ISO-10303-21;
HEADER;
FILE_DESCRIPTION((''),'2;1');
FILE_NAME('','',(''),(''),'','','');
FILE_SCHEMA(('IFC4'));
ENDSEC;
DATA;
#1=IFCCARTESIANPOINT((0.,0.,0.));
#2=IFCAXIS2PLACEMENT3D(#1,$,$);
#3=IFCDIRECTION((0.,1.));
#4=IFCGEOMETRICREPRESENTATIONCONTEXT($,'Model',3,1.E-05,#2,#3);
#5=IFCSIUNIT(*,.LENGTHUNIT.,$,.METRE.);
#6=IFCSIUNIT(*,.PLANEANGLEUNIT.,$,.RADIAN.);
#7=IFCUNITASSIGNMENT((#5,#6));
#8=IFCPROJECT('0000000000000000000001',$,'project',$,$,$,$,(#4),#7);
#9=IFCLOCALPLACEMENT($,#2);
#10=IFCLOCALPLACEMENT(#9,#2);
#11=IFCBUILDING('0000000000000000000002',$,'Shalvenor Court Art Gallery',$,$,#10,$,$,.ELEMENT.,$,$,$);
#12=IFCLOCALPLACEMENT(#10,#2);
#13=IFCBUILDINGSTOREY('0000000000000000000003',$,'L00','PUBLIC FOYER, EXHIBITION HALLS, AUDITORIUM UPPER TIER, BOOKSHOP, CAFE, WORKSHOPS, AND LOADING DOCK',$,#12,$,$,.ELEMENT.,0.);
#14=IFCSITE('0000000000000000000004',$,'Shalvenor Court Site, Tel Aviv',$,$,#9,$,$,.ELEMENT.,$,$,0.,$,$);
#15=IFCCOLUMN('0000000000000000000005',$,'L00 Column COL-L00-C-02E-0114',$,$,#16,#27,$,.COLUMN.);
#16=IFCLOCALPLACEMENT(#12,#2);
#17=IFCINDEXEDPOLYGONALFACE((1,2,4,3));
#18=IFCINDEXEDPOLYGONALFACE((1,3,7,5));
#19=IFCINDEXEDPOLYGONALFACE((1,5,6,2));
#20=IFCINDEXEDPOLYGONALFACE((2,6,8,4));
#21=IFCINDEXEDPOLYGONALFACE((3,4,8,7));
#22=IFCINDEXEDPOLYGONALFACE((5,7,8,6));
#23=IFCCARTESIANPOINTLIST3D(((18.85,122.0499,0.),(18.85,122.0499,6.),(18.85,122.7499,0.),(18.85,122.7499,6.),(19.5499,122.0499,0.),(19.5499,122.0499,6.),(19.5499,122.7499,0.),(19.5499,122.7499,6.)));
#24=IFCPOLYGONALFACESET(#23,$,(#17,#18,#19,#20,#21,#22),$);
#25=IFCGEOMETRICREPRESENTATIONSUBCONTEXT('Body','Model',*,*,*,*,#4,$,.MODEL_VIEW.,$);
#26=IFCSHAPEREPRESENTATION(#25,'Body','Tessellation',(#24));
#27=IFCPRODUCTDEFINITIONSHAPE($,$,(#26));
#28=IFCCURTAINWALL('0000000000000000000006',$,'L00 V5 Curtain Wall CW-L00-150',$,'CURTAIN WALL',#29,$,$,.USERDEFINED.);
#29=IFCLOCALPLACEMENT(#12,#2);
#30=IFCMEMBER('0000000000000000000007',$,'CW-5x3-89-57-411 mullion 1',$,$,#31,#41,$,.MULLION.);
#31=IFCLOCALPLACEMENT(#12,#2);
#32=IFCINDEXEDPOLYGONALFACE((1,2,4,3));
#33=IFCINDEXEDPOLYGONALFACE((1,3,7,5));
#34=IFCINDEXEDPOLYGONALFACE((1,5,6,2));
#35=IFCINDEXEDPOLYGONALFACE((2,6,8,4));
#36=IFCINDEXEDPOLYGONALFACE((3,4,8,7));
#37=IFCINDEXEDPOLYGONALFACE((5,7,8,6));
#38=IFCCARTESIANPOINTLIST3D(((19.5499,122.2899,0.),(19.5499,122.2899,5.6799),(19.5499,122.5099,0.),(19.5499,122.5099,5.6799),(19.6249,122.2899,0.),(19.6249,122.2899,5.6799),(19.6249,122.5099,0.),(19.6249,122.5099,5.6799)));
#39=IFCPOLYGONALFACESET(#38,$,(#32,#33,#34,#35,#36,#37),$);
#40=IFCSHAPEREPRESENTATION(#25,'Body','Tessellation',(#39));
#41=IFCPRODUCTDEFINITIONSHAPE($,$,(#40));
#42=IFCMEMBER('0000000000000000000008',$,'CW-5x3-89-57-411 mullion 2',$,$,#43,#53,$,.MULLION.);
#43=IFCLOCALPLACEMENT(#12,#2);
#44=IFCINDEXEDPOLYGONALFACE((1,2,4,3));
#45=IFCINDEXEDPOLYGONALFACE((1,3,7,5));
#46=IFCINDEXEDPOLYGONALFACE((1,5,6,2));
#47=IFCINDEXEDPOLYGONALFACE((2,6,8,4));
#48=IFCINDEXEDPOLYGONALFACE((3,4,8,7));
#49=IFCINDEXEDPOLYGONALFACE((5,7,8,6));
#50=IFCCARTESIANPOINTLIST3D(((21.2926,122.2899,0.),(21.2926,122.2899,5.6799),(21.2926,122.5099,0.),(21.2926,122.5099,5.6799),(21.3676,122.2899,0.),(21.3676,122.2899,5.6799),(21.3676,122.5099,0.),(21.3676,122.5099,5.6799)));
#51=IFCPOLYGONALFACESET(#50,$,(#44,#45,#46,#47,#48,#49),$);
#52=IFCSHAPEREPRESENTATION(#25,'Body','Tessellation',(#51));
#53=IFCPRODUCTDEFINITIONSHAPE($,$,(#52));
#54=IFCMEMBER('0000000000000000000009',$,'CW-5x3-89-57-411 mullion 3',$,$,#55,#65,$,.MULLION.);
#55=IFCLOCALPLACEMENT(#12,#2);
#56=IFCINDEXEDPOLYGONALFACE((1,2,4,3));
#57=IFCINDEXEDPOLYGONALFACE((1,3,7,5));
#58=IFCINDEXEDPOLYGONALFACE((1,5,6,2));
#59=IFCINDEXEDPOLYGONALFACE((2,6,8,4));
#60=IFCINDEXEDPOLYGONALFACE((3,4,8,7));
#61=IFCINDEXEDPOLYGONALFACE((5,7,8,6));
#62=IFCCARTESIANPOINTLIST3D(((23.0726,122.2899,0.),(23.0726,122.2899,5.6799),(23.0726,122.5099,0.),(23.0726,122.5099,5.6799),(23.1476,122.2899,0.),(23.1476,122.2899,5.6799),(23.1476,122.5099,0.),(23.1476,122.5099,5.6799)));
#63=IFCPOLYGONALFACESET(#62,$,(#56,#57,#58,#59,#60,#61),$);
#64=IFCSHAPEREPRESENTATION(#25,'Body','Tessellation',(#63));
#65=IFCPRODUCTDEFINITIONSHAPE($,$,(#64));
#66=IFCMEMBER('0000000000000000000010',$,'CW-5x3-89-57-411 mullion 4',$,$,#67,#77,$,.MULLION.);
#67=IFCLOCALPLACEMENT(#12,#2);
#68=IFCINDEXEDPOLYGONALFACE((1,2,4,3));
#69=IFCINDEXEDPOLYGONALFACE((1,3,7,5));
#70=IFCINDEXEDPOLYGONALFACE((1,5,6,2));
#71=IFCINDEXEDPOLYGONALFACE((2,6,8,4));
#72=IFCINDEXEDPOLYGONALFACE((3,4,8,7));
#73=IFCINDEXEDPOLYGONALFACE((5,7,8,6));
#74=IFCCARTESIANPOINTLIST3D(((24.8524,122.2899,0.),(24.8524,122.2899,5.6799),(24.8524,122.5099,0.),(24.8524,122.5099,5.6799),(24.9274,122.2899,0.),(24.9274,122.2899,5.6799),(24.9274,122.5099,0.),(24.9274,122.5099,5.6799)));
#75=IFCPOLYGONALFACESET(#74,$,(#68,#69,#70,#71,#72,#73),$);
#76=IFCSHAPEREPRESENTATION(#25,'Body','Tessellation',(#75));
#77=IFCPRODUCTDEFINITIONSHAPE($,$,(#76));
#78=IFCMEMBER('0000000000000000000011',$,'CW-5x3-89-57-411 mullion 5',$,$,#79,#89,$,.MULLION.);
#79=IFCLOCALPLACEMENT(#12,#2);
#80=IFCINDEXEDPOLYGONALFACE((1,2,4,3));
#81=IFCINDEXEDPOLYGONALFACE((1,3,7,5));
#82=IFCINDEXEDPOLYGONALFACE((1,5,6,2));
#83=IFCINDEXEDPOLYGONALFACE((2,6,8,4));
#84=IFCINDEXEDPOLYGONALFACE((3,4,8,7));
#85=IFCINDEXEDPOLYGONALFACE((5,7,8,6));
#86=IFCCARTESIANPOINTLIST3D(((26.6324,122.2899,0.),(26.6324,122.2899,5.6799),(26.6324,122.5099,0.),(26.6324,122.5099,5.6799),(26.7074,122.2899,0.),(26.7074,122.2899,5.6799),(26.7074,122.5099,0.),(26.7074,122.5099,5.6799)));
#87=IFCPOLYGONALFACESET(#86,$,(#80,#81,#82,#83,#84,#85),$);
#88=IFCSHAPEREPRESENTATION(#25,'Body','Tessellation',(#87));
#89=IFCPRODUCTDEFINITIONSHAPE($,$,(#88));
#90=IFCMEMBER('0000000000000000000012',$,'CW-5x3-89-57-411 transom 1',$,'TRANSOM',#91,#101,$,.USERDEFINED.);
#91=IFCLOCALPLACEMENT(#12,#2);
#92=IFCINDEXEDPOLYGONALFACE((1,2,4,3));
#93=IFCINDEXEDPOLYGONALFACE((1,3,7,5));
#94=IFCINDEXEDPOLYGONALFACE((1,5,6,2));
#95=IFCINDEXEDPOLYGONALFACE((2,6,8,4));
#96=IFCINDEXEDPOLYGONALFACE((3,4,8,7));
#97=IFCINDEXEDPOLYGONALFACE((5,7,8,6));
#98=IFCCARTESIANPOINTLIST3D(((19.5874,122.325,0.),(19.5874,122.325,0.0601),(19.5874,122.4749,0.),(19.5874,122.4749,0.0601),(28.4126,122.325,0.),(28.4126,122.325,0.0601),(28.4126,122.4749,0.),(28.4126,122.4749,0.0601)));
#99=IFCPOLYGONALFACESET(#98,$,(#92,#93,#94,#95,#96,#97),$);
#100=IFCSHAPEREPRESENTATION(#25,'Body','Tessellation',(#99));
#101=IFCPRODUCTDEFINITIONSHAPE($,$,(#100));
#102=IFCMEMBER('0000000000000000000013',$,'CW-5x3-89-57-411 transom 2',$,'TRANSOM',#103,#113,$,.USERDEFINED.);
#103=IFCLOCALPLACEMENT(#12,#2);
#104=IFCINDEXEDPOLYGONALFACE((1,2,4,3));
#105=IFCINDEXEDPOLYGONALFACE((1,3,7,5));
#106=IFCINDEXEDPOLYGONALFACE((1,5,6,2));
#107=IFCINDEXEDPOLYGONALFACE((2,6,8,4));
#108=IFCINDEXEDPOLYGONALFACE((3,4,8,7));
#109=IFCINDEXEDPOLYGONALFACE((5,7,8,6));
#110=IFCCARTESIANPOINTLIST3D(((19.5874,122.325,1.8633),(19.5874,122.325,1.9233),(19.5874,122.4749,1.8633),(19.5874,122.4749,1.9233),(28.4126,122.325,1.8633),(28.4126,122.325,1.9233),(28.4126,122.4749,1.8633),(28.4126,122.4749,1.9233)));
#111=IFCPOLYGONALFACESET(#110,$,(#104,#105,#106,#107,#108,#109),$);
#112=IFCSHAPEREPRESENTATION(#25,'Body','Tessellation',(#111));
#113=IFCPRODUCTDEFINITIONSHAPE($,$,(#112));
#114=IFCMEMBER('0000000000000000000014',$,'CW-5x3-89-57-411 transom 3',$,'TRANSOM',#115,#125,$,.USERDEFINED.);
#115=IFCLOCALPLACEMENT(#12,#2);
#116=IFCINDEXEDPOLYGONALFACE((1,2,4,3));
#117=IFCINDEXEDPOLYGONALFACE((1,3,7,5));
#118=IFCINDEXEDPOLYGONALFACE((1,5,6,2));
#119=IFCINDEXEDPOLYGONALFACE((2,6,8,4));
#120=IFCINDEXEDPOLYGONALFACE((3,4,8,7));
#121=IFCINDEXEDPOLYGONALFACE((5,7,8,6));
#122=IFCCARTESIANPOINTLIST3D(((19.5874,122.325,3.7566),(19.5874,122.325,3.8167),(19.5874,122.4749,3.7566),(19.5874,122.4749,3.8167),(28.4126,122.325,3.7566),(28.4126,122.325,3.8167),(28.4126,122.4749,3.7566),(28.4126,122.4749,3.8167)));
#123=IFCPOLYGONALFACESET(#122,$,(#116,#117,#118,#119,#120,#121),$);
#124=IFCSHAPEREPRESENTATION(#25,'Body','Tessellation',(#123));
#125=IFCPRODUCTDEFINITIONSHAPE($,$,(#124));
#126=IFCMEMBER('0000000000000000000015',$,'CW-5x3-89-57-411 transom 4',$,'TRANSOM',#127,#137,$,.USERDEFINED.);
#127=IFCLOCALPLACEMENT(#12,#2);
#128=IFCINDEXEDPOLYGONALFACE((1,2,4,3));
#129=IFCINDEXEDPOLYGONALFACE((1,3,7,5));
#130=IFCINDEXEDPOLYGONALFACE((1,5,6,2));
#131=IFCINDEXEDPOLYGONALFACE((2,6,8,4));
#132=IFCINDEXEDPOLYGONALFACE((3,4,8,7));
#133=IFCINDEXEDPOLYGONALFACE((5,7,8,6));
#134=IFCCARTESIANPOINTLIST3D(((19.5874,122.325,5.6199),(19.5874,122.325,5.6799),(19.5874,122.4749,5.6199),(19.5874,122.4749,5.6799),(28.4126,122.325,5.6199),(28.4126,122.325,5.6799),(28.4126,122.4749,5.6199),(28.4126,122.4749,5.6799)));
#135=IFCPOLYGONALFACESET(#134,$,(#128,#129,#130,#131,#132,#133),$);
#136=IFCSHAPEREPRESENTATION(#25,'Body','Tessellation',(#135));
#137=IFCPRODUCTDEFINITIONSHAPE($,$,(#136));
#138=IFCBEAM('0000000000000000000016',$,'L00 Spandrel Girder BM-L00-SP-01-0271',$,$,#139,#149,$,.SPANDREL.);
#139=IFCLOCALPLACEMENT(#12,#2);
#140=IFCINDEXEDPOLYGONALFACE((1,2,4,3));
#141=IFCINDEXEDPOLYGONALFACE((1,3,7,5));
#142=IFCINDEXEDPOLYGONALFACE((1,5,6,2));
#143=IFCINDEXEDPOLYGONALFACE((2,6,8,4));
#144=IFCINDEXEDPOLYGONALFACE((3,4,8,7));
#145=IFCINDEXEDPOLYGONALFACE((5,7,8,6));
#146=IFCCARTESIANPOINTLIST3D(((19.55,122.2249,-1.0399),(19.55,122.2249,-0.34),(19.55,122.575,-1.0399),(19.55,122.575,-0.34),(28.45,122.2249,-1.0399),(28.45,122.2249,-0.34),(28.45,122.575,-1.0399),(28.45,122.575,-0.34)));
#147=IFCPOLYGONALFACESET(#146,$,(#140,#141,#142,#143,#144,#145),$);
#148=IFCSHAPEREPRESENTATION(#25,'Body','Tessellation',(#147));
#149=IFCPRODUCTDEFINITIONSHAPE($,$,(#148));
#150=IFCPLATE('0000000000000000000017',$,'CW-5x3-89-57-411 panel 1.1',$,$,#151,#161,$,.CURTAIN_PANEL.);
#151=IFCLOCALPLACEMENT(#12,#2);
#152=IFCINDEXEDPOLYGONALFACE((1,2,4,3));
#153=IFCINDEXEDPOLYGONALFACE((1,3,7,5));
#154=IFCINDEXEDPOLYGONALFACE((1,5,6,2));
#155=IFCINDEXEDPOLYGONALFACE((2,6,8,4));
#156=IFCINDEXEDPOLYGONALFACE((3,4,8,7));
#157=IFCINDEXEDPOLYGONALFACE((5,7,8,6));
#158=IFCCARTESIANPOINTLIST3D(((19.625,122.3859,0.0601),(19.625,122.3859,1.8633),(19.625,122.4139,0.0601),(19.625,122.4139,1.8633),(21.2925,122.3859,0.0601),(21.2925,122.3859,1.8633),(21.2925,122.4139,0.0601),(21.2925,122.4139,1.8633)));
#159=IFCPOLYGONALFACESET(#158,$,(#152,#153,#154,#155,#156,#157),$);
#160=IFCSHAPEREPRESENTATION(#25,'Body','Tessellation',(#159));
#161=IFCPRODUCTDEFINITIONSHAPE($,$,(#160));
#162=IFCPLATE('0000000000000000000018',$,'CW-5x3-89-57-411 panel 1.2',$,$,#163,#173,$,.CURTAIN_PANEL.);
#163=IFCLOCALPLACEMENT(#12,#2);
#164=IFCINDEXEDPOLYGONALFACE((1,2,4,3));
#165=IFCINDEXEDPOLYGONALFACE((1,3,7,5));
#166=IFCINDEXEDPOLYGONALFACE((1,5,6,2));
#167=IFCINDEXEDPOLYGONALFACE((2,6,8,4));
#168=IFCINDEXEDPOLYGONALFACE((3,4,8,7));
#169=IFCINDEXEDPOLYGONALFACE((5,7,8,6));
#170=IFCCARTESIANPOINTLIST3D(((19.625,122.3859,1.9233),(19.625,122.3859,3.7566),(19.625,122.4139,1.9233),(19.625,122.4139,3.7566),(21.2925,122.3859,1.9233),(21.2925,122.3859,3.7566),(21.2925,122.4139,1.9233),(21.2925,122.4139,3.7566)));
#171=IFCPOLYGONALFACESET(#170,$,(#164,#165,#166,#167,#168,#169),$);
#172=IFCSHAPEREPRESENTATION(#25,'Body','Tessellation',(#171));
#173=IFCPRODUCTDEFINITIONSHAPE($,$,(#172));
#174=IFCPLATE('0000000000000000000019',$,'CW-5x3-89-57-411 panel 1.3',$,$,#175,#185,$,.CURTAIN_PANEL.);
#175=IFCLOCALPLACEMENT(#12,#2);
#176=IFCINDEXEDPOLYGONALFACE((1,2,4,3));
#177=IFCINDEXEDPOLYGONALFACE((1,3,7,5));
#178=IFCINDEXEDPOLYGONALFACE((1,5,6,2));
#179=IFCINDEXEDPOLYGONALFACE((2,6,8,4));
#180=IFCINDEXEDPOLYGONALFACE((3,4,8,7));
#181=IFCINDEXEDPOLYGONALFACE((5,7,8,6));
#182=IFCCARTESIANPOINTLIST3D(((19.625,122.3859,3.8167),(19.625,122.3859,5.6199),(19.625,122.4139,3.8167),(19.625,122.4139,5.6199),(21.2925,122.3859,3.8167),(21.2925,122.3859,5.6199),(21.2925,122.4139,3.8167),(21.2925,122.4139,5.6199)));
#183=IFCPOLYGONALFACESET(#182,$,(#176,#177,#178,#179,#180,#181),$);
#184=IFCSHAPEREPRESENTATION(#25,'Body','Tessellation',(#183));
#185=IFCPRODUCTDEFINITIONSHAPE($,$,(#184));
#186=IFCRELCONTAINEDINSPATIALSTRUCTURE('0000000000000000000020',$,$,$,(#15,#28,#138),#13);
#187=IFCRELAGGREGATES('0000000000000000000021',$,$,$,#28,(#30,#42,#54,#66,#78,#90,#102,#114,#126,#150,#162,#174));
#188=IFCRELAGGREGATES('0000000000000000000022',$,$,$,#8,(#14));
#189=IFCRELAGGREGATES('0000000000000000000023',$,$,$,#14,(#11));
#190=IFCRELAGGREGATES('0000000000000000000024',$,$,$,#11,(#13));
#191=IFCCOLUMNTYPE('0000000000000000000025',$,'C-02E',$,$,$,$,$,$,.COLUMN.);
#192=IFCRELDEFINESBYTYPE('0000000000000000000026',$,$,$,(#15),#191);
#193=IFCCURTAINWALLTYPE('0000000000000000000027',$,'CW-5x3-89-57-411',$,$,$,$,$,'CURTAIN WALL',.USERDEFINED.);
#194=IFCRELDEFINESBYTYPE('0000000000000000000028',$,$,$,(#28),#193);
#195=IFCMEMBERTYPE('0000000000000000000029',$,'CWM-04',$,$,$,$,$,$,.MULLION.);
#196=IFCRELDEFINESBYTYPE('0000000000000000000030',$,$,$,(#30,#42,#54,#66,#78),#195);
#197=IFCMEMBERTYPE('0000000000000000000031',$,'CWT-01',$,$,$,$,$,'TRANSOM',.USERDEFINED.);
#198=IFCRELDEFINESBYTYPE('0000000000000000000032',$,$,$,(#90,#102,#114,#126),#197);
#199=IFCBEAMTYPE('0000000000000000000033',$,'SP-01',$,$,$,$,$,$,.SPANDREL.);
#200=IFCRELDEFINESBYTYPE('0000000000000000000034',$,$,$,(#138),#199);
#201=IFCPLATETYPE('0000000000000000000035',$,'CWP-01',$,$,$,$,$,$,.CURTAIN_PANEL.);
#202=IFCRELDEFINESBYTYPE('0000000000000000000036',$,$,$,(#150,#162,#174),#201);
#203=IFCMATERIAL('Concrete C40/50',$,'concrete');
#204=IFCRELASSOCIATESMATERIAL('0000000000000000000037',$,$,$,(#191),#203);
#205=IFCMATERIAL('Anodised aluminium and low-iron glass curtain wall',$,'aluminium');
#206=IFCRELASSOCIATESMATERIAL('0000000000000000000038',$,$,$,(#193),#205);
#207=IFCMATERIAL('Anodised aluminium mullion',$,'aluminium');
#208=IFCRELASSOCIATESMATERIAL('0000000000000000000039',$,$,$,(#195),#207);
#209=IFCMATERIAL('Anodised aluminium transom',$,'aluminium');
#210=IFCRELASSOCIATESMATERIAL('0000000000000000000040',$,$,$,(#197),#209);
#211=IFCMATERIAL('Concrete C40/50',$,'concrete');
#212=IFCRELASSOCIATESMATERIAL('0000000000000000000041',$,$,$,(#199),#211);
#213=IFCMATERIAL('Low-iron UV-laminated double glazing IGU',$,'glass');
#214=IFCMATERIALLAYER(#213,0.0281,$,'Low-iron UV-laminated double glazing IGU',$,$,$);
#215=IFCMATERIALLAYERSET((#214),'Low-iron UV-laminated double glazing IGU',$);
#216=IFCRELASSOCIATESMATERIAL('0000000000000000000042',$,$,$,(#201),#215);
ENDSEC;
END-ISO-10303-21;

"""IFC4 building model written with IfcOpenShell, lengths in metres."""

from ifc_helpers import new_model, si_unit, direction, frame, origin, origin_2d, place, context, subcontext, project, spatial, rectangle, extrude, material, layer, layer_set, material_profile, profile_set, type_object, element, aggregate, save


model = new_model("IFC4")

# Units and contexts
model_context = context("Model", 3, precision=1e-05, world=origin(), true_north=direction((0.0, 1.0)))
body_context = subcontext(model_context, "Body", "Model", "MODEL_VIEW")
ifc_project = project(units=[si_unit("LENGTHUNIT", "METRE"), si_unit("PLANEANGLEUNIT", "RADIAN")], contexts=[model_context])

# Site, building, storey
site_placement = place(None, origin())
site = spatial("IfcSite", under=ifc_project, at=site_placement, Name="Shalvenor Court Site, Tel Aviv", CompositionType="ELEMENT", RefElevation=0.0)
building_placement = place(site_placement, origin())
building = spatial("IfcBuilding", under=site, at=building_placement, Name="Shalvenor Court Art Gallery", CompositionType="ELEMENT")
storey_placement = place(building_placement, origin())
storey = spatial("IfcBuildingStorey", under=building, at=storey_placement, Name="L00", Description="PUBLIC FOYER, EXHIBITION HALLS, AUDITORIUM UPPER TIER, BOOKSHOP, CAFE, WORKSHOPS, AND LOADING DOCK", CompositionType="ELEMENT", Elevation=0.0)

# Column
ifc_material_1 = material(Name="Concrete C40/50", Category="concrete")
ifc_material_profile_1 = material_profile(ifc_material_1, rectangle(XDim=0.7, YDim=0.7, at=origin_2d()), Name="RC 700x700")
ifc_profile_set_1 = profile_set([ifc_material_profile_1], Name="Concrete C40/50")
column_type = type_object("IfcColumnType", Name="C-02E", PredefinedType="COLUMN", material=ifc_profile_set_1)
column_placement = place(storey_placement, frame((19.2, 122.3999, 0.0), z_axis=(0.0, 0.0, 1.0), x_axis=(1.0, 0.0, 0.0)))
element("IfcColumn", 1, at=column_placement, inside=storey, type_object=column_type, Name="L00 Column COL-L00-C-02E-0114", PredefinedType="COLUMN", context=body_context, shape_type="SweptSolid", body=[
    extrude(rectangle(XDim=0.7, YDim=0.7, at=origin_2d()), origin(), (0.0, 0.0, 1.0), 6.0),
])

# Curtain wall, members
ifc_material_2 = material(Name="Anodised aluminium and low-iron glass curtain wall", Category="aluminium")
curtain_wall_type = type_object("IfcCurtainWallType", Name="CW-5x3-89-57-411", ElementType="CURTAIN WALL", PredefinedType="USERDEFINED", material=ifc_material_2)
curtain_wall_placement = place(storey_placement, origin())
curtain_wall = element("IfcCurtainWall", 2, at=curtain_wall_placement, inside=storey, type_object=curtain_wall_type, Name="L00 V5 Curtain Wall CW-L00-150", ObjectType="CURTAIN WALL", PredefinedType="USERDEFINED")
ifc_material_3 = material(Name="Anodised aluminium mullion", Category="aluminium")
ifc_material_profile_2 = material_profile(ifc_material_3, rectangle(XDim=0.075, YDim=0.22, at=origin_2d()), Name="CWM-04")
ifc_profile_set_2 = profile_set([ifc_material_profile_2], Name="Anodised aluminium mullion")
member_type_1 = type_object("IfcMemberType", Name="CWM-04", PredefinedType="MULLION", material=ifc_profile_set_2)
member_1_placement = place(storey_placement, frame((19.5874, 122.3999, 0.0), z_axis=(0.0, 0.0, 1.0), x_axis=(1.0, 0.0, 0.0)))
member_1 = element("IfcMember", 3, at=member_1_placement, type_object=member_type_1, Name="CW-5x3-89-57-411 mullion 1", PredefinedType="MULLION", context=body_context, shape_type="SweptSolid", body=[
    extrude(rectangle(XDim=0.075, YDim=0.22, at=origin_2d()), origin(), (0.0, 0.0, 1.0), 5.6799),
])
member_2_placement = place(storey_placement, frame((21.3301, 122.3999, 0.0), z_axis=(0.0, 0.0, 1.0), x_axis=(1.0, 0.0, 0.0)))
member_2 = element("IfcMember", 4, at=member_2_placement, type_object=member_type_1, Name="CW-5x3-89-57-411 mullion 2", PredefinedType="MULLION", context=body_context, shape_type="SweptSolid", body=[
    extrude(rectangle(XDim=0.075, YDim=0.22, at=origin_2d()), origin(), (0.0, 0.0, 1.0), 5.6799),
])
member_3_placement = place(storey_placement, frame((23.1101, 122.3999, 0.0), z_axis=(0.0, 0.0, 1.0), x_axis=(1.0, 0.0, 0.0)))
member_3 = element("IfcMember", 5, at=member_3_placement, type_object=member_type_1, Name="CW-5x3-89-57-411 mullion 3", PredefinedType="MULLION", context=body_context, shape_type="SweptSolid", body=[
    extrude(rectangle(XDim=0.075, YDim=0.22, at=origin_2d()), origin(), (0.0, 0.0, 1.0), 5.6799),
])
member_4_placement = place(storey_placement, frame((24.8899, 122.3999, 0.0), z_axis=(0.0, 0.0, 1.0), x_axis=(1.0, 0.0, 0.0)))
member_4 = element("IfcMember", 6, at=member_4_placement, type_object=member_type_1, Name="CW-5x3-89-57-411 mullion 4", PredefinedType="MULLION", context=body_context, shape_type="SweptSolid", body=[
    extrude(rectangle(XDim=0.075, YDim=0.22, at=origin_2d()), origin(), (0.0, 0.0, 1.0), 5.6799),
])
member_5_placement = place(storey_placement, frame((26.6699, 122.3999, 0.0), z_axis=(0.0, 0.0, 1.0), x_axis=(1.0, 0.0, 0.0)))
member_5 = element("IfcMember", 7, at=member_5_placement, type_object=member_type_1, Name="CW-5x3-89-57-411 mullion 5", PredefinedType="MULLION", context=body_context, shape_type="SweptSolid", body=[
    extrude(rectangle(XDim=0.075, YDim=0.22, at=origin_2d()), origin(), (0.0, 0.0, 1.0), 5.6799),
])
ifc_material_4 = material(Name="Anodised aluminium transom", Category="aluminium")
ifc_material_profile_3 = material_profile(ifc_material_4, rectangle(XDim=0.1499, YDim=0.0601, at=origin_2d()), Name="CWT-01")
ifc_profile_set_3 = profile_set([ifc_material_profile_3], Name="Anodised aluminium transom")
member_type_2 = type_object("IfcMemberType", Name="CWT-01", ElementType="TRANSOM", PredefinedType="USERDEFINED", material=ifc_profile_set_3)
member_6_placement = place(storey_placement, frame((19.5874, 122.3999, 0.03), z_axis=(1.0, 0.0, 0.0), x_axis=(0.0, 1.0, 0.0)))
member_6 = element("IfcMember", 8, at=member_6_placement, type_object=member_type_2, Name="CW-5x3-89-57-411 transom 1", ObjectType="TRANSOM", PredefinedType="USERDEFINED", context=body_context, shape_type="SweptSolid", body=[
    extrude(rectangle(XDim=0.1499, YDim=0.0601, at=origin_2d()), origin(), (0.0, 0.0, 1.0), 8.8252),
])
member_7_placement = place(storey_placement, frame((19.5874, 122.3999, 1.8933), z_axis=(1.0, 0.0, 0.0), x_axis=(0.0, 1.0, 0.0)))
member_7 = element("IfcMember", 9, at=member_7_placement, type_object=member_type_2, Name="CW-5x3-89-57-411 transom 2", ObjectType="TRANSOM", PredefinedType="USERDEFINED", context=body_context, shape_type="SweptSolid", body=[
    extrude(rectangle(XDim=0.1499, YDim=0.0601, at=origin_2d()), origin(), (0.0, 0.0, 1.0), 8.8252),
])
member_8_placement = place(storey_placement, frame((19.5874, 122.3999, 3.7866), z_axis=(1.0, 0.0, 0.0), x_axis=(0.0, 1.0, 0.0)))
member_8 = element("IfcMember", 10, at=member_8_placement, type_object=member_type_2, Name="CW-5x3-89-57-411 transom 3", ObjectType="TRANSOM", PredefinedType="USERDEFINED", context=body_context, shape_type="SweptSolid", body=[
    extrude(rectangle(XDim=0.1499, YDim=0.0601, at=origin_2d()), origin(), (0.0, 0.0, 1.0), 8.8252),
])
member_9_placement = place(storey_placement, frame((19.5874, 122.3999, 5.6499), z_axis=(1.0, 0.0, 0.0), x_axis=(0.0, 1.0, 0.0)))
member_9 = element("IfcMember", 11, at=member_9_placement, type_object=member_type_2, Name="CW-5x3-89-57-411 transom 4", ObjectType="TRANSOM", PredefinedType="USERDEFINED", context=body_context, shape_type="SweptSolid", body=[
    extrude(rectangle(XDim=0.1499, YDim=0.0601, at=origin_2d()), origin(), (0.0, 0.0, 1.0), 8.8252),
])

# Beam
ifc_material_5 = material(Name="Concrete C40/50", Category="concrete")
ifc_material_profile_4 = material_profile(ifc_material_5, rectangle(XDim=0.3501, YDim=0.7, at=origin_2d()), Name="RC 350x700")
ifc_profile_set_4 = profile_set([ifc_material_profile_4], Name="Concrete C40/50")
beam_type = type_object("IfcBeamType", Name="SP-01", PredefinedType="SPANDREL", material=ifc_profile_set_4)
beam_placement = place(storey_placement, frame((19.55, 122.3999, -0.6899), z_axis=(1.0, 0.0, 0.0), x_axis=(0.0, 1.0, 0.0)))
element("IfcBeam", 12, at=beam_placement, inside=storey, type_object=beam_type, Name="L00 Spandrel Girder BM-L00-SP-01-0271", PredefinedType="SPANDREL", context=body_context, shape_type="SweptSolid", body=[
    extrude(rectangle(XDim=0.3501, YDim=0.7, at=origin_2d()), origin(), (0.0, 0.0, 1.0), 8.8999),
])

# Plates
ifc_material_6 = material(Name="Low-iron UV-laminated double glazing IGU", Category="glass")
ifc_layer_1 = layer(ifc_material_6, 0.0281, Name="Low-iron UV-laminated double glazing IGU")
ifc_layer_set_1 = layer_set([ifc_layer_1], Name="Low-iron UV-laminated double glazing IGU")
plate_type_1 = type_object("IfcPlateType", Name="CWP-01", PredefinedType="CURTAIN_PANEL", material=ifc_layer_set_1)
plate_1_placement = place(storey_placement, frame((20.4587, 122.3999, 0.0601), z_axis=(0.0, 0.0, 1.0), x_axis=(1.0, 0.0, 0.0)))
plate_1 = element("IfcPlate", 13, at=plate_1_placement, type_object=plate_type_1, Name="CW-5x3-89-57-411 panel 1.1", PredefinedType="CURTAIN_PANEL", context=body_context, shape_type="SweptSolid", body=[
    extrude(rectangle(XDim=1.6675, YDim=0.0281, at=origin_2d()), origin(), (0.0, 0.0, 1.0), 1.8032),
])
plate_2_placement = place(storey_placement, frame((20.4587, 122.3999, 1.9233), z_axis=(0.0, 0.0, 1.0), x_axis=(1.0, 0.0, 0.0)))
plate_2 = element("IfcPlate", 14, at=plate_2_placement, type_object=plate_type_1, Name="CW-5x3-89-57-411 panel 1.2", PredefinedType="CURTAIN_PANEL", context=body_context, shape_type="SweptSolid", body=[
    extrude(rectangle(XDim=1.6675, YDim=0.0281, at=origin_2d()), origin(), (0.0, 0.0, 1.0), 1.8333),
])
plate_3_placement = place(storey_placement, frame((20.4587, 122.3999, 3.8167), z_axis=(0.0, 0.0, 1.0), x_axis=(1.0, 0.0, 0.0)))
plate_3 = element("IfcPlate", 15, at=plate_3_placement, type_object=plate_type_1, Name="CW-5x3-89-57-411 panel 1.3", PredefinedType="CURTAIN_PANEL", context=body_context, shape_type="SweptSolid", body=[
    extrude(rectangle(XDim=1.6675, YDim=0.0281, at=origin_2d()), origin(), (0.0, 0.0, 1.0), 1.8032),
])
aggregate(curtain_wall, [member_1, member_2, member_3, member_4, member_5, member_6, member_7, member_8, member_9, plate_1, plate_2, plate_3])

save(model, "model.ifc")
